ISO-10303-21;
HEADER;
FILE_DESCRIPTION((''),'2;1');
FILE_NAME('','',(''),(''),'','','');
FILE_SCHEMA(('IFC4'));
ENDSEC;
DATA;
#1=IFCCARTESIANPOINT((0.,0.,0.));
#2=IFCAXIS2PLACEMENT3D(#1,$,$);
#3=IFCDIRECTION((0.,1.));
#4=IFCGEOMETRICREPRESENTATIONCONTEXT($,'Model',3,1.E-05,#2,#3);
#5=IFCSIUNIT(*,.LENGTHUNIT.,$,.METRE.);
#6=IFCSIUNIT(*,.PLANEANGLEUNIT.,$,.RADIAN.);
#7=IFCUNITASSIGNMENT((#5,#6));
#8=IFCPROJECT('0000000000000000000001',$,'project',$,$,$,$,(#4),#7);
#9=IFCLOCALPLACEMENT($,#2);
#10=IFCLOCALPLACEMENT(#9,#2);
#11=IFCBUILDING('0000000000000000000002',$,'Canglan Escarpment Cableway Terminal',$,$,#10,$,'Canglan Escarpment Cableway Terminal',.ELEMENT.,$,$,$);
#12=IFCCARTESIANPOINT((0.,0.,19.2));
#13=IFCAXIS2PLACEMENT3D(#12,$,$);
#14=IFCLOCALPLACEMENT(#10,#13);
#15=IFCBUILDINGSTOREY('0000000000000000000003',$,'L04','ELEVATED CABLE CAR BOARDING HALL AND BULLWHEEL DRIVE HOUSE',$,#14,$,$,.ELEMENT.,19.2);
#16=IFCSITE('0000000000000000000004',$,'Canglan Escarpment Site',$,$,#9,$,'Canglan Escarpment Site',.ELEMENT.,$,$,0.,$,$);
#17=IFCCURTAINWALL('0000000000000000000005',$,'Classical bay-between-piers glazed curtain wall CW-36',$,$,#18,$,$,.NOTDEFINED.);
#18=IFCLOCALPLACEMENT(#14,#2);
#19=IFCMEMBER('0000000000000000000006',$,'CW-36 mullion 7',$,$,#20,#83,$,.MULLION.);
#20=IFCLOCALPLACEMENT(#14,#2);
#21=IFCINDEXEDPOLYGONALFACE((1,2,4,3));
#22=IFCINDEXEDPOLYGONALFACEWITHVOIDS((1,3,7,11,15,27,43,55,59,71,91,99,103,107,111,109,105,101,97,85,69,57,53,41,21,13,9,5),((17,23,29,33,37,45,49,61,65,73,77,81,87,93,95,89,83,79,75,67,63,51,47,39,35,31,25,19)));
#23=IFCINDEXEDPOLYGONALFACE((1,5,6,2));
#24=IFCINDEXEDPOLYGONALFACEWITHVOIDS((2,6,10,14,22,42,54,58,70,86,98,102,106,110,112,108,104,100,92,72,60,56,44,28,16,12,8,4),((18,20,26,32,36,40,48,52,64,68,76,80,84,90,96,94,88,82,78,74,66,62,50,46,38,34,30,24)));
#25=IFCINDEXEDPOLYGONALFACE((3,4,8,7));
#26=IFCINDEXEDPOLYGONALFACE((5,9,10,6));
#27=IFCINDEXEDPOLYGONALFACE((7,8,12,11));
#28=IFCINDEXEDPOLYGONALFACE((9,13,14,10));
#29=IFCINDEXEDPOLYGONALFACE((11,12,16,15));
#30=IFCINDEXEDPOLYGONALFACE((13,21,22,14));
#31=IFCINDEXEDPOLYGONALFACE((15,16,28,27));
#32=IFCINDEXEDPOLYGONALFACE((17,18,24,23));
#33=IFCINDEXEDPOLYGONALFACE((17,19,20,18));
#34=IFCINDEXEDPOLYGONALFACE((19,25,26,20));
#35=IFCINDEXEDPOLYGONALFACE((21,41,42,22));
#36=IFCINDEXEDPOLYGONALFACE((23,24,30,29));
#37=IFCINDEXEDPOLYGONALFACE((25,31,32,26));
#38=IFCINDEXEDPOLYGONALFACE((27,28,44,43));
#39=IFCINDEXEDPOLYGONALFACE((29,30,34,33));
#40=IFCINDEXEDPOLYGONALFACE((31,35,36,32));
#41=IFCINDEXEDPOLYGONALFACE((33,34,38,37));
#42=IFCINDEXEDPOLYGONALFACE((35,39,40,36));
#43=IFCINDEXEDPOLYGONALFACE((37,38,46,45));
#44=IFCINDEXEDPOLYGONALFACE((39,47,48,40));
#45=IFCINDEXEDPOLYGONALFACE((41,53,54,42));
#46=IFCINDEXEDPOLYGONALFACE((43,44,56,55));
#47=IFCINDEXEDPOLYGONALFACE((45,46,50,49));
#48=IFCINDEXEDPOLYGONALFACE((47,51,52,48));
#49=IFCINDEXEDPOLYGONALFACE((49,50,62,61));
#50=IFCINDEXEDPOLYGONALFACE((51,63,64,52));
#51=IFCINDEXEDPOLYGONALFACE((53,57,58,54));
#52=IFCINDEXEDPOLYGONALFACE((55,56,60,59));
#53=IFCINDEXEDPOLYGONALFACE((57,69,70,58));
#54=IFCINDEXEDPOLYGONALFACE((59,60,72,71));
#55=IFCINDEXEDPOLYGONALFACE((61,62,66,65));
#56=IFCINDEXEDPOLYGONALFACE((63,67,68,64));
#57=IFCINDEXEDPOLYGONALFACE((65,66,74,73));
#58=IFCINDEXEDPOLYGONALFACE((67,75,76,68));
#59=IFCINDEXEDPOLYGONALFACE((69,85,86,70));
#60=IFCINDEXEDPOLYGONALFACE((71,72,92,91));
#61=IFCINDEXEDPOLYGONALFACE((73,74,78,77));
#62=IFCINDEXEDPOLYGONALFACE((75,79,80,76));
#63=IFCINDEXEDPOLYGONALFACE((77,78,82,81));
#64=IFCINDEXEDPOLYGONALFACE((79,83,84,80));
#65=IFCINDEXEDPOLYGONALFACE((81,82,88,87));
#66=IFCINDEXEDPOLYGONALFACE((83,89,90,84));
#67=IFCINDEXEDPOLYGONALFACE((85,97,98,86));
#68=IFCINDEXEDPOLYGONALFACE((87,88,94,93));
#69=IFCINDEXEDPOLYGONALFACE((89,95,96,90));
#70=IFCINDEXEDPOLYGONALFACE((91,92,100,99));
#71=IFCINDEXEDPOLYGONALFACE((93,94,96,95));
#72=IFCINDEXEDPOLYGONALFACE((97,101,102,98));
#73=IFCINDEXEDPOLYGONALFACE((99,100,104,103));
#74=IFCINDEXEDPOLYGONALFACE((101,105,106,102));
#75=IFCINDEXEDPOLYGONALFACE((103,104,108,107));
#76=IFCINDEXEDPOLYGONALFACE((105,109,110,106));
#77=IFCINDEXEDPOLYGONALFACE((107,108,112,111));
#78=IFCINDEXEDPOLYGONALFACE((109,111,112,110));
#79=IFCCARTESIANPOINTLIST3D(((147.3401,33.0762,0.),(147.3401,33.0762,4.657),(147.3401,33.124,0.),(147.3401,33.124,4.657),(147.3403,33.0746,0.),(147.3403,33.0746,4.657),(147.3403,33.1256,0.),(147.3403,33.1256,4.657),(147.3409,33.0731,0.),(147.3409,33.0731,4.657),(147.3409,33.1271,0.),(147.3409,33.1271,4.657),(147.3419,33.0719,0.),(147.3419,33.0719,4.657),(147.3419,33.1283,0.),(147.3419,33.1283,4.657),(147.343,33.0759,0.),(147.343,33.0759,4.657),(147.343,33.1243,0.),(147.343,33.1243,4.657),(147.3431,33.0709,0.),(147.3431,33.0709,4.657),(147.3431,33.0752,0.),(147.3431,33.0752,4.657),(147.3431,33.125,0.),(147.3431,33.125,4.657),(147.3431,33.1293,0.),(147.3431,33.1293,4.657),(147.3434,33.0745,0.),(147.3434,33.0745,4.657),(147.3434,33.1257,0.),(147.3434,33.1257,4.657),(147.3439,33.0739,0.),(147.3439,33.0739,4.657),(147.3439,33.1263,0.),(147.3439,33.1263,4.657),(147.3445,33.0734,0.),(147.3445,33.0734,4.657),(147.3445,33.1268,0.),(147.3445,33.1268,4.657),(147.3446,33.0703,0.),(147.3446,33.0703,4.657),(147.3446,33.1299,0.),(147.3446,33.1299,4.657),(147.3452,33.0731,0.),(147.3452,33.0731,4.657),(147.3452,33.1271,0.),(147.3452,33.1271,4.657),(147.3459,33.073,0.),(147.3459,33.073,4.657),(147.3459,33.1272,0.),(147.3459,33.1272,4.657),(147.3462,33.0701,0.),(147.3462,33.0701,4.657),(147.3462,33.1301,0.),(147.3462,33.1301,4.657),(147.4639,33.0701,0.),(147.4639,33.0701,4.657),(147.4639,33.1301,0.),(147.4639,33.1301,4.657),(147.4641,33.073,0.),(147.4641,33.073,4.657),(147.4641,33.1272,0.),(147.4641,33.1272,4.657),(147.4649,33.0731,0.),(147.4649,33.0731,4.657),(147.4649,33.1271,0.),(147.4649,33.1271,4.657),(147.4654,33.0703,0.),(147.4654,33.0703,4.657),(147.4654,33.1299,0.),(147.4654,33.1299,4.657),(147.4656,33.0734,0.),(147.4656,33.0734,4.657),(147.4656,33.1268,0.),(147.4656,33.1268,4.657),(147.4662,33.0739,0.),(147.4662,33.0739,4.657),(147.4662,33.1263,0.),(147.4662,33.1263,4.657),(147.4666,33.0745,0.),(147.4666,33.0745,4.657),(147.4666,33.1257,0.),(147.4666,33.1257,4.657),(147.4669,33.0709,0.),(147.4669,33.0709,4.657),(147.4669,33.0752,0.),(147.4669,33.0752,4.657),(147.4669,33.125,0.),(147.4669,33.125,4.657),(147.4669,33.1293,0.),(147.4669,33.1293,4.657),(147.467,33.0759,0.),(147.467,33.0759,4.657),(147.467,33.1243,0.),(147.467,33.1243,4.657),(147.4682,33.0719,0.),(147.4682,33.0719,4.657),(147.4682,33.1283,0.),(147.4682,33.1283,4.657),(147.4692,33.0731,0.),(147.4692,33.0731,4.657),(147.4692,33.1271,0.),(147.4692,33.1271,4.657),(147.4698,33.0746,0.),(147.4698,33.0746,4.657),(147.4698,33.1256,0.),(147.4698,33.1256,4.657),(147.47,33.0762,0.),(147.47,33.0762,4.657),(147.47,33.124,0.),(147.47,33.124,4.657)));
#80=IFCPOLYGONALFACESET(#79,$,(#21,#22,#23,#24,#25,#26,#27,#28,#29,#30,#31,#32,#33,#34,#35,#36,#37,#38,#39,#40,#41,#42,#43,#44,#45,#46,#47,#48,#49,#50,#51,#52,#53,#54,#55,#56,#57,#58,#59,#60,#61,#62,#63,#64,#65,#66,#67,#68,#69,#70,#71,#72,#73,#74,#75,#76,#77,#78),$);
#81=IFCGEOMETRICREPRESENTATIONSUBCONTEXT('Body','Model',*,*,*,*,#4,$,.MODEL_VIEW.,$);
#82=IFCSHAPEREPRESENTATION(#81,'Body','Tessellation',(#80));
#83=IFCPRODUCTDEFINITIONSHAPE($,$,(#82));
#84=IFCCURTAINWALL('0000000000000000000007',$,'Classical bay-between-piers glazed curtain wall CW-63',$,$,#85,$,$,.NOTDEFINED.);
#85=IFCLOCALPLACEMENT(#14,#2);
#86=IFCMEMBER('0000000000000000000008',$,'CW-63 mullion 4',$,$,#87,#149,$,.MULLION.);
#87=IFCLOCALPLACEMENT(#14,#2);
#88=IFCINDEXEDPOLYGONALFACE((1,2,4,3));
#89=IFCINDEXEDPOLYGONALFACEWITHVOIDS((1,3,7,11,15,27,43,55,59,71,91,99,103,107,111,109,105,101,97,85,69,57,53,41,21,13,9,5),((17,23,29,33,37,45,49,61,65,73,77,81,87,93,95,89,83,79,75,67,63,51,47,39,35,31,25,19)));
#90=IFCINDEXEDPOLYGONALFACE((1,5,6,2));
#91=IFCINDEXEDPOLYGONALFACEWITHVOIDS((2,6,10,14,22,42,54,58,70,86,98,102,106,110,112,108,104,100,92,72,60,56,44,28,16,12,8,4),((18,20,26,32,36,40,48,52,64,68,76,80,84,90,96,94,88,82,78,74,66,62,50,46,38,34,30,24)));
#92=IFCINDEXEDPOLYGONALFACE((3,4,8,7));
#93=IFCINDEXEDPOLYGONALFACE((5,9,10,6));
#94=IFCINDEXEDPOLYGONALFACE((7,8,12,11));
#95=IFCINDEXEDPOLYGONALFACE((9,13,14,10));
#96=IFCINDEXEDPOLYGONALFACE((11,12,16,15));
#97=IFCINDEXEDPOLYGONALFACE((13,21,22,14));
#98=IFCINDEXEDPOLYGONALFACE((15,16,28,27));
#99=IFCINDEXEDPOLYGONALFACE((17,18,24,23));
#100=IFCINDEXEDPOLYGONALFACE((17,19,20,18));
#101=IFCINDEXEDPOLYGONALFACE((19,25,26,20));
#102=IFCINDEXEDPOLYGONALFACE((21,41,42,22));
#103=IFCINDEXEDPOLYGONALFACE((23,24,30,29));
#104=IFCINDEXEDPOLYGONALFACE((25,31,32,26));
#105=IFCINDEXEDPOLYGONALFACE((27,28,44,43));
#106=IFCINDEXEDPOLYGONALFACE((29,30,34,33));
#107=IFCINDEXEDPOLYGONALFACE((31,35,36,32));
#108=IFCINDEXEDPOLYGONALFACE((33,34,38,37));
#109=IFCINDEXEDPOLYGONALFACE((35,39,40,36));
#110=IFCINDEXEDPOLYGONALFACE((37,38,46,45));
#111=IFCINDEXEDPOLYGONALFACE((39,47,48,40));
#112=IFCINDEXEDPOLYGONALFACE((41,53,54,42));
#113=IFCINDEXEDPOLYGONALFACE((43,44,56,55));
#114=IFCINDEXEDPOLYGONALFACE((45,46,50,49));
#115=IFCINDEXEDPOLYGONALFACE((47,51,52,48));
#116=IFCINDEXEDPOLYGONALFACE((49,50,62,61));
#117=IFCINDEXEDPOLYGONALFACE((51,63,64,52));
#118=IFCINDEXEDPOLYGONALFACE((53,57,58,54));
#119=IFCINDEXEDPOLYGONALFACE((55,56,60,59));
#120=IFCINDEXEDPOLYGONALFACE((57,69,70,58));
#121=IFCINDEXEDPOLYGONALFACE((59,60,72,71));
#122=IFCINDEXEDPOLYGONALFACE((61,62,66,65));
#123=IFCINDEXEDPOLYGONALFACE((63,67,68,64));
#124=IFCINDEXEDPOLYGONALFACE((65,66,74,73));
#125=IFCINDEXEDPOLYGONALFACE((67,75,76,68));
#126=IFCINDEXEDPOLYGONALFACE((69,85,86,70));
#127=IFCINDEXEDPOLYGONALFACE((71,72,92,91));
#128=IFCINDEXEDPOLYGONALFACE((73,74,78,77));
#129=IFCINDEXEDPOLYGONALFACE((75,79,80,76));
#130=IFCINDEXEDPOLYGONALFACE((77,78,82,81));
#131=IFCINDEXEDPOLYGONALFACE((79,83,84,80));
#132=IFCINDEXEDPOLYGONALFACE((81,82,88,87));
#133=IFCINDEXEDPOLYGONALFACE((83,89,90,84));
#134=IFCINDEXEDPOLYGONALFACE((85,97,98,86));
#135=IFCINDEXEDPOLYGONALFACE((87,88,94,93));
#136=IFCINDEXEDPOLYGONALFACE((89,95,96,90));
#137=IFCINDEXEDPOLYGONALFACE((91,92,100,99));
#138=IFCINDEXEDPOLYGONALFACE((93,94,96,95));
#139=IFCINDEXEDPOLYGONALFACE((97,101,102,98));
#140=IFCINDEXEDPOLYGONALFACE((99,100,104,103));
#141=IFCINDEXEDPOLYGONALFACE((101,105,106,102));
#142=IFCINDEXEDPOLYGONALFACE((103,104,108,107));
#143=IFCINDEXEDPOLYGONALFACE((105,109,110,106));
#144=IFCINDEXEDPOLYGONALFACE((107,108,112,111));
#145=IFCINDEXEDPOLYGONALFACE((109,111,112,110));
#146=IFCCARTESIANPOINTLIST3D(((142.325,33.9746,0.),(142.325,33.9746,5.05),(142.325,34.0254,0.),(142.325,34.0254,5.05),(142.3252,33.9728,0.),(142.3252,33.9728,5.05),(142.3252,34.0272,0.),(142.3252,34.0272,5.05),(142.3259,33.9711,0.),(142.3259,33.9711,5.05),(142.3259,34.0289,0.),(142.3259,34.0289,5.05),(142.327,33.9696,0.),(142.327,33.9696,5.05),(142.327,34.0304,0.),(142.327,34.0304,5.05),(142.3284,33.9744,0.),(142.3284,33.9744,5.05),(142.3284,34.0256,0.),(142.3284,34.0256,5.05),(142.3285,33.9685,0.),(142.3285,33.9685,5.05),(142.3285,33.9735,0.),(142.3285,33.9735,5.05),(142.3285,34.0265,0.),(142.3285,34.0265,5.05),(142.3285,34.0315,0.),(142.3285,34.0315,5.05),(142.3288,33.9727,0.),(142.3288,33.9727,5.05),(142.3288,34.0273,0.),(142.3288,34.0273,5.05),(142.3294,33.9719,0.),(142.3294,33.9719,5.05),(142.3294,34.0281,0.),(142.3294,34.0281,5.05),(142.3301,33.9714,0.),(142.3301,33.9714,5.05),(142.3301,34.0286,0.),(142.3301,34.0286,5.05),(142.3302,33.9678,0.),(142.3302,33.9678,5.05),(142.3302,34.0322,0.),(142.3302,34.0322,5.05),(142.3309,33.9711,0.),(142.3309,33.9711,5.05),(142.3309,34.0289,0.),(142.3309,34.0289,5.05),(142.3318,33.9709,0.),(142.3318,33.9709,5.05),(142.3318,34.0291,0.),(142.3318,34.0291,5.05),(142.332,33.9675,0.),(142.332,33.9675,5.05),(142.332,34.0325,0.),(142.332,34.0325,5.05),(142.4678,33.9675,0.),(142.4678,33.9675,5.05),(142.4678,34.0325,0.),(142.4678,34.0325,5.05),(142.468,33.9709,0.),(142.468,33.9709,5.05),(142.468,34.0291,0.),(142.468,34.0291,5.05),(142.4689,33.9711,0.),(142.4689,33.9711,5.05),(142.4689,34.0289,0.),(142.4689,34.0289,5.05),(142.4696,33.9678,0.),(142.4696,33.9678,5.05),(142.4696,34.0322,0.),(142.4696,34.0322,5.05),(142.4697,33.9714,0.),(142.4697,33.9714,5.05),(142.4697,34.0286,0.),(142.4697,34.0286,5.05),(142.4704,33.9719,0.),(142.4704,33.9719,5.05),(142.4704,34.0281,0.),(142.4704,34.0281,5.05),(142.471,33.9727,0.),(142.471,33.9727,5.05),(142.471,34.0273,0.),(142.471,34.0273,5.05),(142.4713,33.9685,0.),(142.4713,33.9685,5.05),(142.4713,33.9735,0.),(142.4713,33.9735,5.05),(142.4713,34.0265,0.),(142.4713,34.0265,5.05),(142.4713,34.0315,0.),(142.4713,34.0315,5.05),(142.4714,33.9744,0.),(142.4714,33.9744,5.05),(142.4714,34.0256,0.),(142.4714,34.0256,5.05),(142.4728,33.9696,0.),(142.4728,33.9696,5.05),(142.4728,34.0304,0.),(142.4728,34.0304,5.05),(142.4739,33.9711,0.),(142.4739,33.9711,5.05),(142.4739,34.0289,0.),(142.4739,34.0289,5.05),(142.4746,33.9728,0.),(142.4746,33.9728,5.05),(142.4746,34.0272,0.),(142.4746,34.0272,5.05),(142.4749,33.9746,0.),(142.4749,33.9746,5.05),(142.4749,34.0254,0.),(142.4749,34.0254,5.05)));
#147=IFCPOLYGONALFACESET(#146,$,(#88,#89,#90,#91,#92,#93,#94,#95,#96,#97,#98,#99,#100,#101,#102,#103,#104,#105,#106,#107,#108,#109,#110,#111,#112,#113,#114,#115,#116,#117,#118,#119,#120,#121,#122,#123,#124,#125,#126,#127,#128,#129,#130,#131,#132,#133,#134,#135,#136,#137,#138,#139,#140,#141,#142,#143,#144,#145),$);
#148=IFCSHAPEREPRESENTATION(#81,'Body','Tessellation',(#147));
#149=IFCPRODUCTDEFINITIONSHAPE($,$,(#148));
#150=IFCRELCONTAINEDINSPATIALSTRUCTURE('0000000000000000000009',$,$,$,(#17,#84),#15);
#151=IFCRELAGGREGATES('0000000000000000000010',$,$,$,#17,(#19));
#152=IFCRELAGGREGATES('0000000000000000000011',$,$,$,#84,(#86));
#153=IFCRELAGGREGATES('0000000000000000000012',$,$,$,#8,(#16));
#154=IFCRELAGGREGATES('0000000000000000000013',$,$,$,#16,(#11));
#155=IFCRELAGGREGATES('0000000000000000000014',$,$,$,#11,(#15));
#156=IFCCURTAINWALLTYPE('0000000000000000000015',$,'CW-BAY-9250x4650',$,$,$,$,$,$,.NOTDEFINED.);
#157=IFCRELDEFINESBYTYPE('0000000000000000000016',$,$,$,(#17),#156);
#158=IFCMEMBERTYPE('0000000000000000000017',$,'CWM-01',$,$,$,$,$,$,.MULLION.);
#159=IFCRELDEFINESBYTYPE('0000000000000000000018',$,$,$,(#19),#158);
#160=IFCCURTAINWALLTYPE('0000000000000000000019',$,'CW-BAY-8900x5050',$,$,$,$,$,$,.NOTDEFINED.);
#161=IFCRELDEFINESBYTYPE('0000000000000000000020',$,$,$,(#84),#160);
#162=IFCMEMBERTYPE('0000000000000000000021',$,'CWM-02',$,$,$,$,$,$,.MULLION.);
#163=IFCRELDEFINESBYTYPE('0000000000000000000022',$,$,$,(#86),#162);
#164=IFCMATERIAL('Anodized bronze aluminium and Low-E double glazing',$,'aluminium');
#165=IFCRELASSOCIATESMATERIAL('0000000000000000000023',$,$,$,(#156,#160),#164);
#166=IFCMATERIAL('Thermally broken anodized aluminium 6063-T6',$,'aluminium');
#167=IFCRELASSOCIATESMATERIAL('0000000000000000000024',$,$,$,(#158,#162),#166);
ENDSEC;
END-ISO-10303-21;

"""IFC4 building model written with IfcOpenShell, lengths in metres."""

from ifc_helpers import new_model, si_unit, direction, frame, origin, origin_2d, place, context, subcontext, project, spatial, hollow_rectangle, extrude, material, material_profile, profile_set, type_object, element, aggregate, save


model = new_model("IFC4")

# Units and contexts
model_context = context("Model", 3, precision=1e-05, world=origin(), true_north=direction((0.0, 1.0)))
body_context = subcontext(model_context, "Body", "Model", "MODEL_VIEW")
ifc_project = project(units=[si_unit("LENGTHUNIT", "METRE"), si_unit("PLANEANGLEUNIT", "RADIAN")], contexts=[model_context])

# Site, building, storey
site_placement = place(None, origin())
site = spatial("IfcSite", under=ifc_project, at=site_placement, Name="Canglan Escarpment Site", LongName="Canglan Escarpment Site", CompositionType="ELEMENT", RefElevation=0.0)
building_placement = place(site_placement, origin())
building = spatial("IfcBuilding", under=site, at=building_placement, Name="Canglan Escarpment Cableway Terminal", LongName="Canglan Escarpment Cableway Terminal", CompositionType="ELEMENT")
storey_placement = place(building_placement, frame((0.0, 0.0, 19.2)))
storey = spatial("IfcBuildingStorey", under=building, at=storey_placement, Name="L04", Description="ELEVATED CABLE CAR BOARDING HALL AND BULLWHEEL DRIVE HOUSE", CompositionType="ELEMENT", Elevation=19.2)

# Curtain walls, members
ifc_material_1 = material(Name="Anodized bronze aluminium and Low-E double glazing", Category="aluminium")
curtain_wall_type_1 = type_object("IfcCurtainWallType", Name="CW-BAY-9250x4650", PredefinedType="NOTDEFINED", material=ifc_material_1)
curtain_wall_1_placement = place(storey_placement, origin())
curtain_wall_1 = element("IfcCurtainWall", 1, at=curtain_wall_1_placement, inside=storey, type_object=curtain_wall_type_1, Name="Classical bay-between-piers glazed curtain wall CW-36", PredefinedType="NOTDEFINED")
ifc_material_2 = material(Name="Thermally broken anodized aluminium 6063-T6", Category="aluminium")
ifc_material_profile_1 = material_profile(ifc_material_2, hollow_rectangle(XDim=0.0601, YDim=0.1299, WallThickness=0.0029, InnerFilletRadius=0.0029, OuterFilletRadius=0.0061, at=origin_2d()), Name="ALU-MULL 60x130x3")
ifc_profile_set_1 = profile_set([ifc_material_profile_1], Name="Thermally broken anodized aluminium 6063-T6")
member_type_1 = type_object("IfcMemberType", Name="CWM-01", PredefinedType="MULLION", material=ifc_profile_set_1)
member_1_placement = place(storey_placement, frame((147.405, 33.1001, 0.0), z_axis=(0.0, 0.0, 1.0), x_axis=(0.0, -1.0, 0.0)))
member_1 = element("IfcMember", 2, at=member_1_placement, type_object=member_type_1, Name="CW-36 mullion 7", PredefinedType="MULLION", context=body_context, shape_type="SweptSolid", body=[
    extrude(hollow_rectangle(XDim=0.0601, YDim=0.1299, WallThickness=0.0029, InnerFilletRadius=0.0029, OuterFilletRadius=0.0061, at=origin_2d()), origin(), (0.0, 0.0, 1.0), 4.657),
])
curtain_wall_type_2 = type_object("IfcCurtainWallType", Name="CW-BAY-8900x5050", PredefinedType="NOTDEFINED", material=ifc_material_1)
curtain_wall_2_placement = place(storey_placement, origin())
curtain_wall_2 = element("IfcCurtainWall", 3, at=curtain_wall_2_placement, inside=storey, type_object=curtain_wall_type_2, Name="Classical bay-between-piers glazed curtain wall CW-63", PredefinedType="NOTDEFINED")
ifc_material_profile_2 = material_profile(ifc_material_2, hollow_rectangle(XDim=0.0649, YDim=0.1499, WallThickness=0.0034, InnerFilletRadius=0.0034, OuterFilletRadius=0.0071, at=origin_2d()), Name="ALU-MULL 65x150x3.5")
ifc_profile_set_2 = profile_set([ifc_material_profile_2], Name="Thermally broken anodized aluminium 6063-T6")
member_type_2 = type_object("IfcMemberType", Name="CWM-02", PredefinedType="MULLION", material=ifc_profile_set_2)
member_2_placement = place(storey_placement, frame((142.3999, 34.0, 0.0), z_axis=(0.0, 0.0, 1.0), x_axis=(0.0, 1.0, 0.0)))
member_2 = element("IfcMember", 4, at=member_2_placement, type_object=member_type_2, Name="CW-63 mullion 4", PredefinedType="MULLION", context=body_context, shape_type="SweptSolid", body=[
    extrude(hollow_rectangle(XDim=0.0649, YDim=0.1499, WallThickness=0.0034, InnerFilletRadius=0.0034, OuterFilletRadius=0.0071, at=origin_2d()), origin(), (0.0, 0.0, 1.0), 5.05),
])

aggregate(curtain_wall_1, [member_1])
aggregate(curtain_wall_2, [member_2])

save(model, "model.ifc")
